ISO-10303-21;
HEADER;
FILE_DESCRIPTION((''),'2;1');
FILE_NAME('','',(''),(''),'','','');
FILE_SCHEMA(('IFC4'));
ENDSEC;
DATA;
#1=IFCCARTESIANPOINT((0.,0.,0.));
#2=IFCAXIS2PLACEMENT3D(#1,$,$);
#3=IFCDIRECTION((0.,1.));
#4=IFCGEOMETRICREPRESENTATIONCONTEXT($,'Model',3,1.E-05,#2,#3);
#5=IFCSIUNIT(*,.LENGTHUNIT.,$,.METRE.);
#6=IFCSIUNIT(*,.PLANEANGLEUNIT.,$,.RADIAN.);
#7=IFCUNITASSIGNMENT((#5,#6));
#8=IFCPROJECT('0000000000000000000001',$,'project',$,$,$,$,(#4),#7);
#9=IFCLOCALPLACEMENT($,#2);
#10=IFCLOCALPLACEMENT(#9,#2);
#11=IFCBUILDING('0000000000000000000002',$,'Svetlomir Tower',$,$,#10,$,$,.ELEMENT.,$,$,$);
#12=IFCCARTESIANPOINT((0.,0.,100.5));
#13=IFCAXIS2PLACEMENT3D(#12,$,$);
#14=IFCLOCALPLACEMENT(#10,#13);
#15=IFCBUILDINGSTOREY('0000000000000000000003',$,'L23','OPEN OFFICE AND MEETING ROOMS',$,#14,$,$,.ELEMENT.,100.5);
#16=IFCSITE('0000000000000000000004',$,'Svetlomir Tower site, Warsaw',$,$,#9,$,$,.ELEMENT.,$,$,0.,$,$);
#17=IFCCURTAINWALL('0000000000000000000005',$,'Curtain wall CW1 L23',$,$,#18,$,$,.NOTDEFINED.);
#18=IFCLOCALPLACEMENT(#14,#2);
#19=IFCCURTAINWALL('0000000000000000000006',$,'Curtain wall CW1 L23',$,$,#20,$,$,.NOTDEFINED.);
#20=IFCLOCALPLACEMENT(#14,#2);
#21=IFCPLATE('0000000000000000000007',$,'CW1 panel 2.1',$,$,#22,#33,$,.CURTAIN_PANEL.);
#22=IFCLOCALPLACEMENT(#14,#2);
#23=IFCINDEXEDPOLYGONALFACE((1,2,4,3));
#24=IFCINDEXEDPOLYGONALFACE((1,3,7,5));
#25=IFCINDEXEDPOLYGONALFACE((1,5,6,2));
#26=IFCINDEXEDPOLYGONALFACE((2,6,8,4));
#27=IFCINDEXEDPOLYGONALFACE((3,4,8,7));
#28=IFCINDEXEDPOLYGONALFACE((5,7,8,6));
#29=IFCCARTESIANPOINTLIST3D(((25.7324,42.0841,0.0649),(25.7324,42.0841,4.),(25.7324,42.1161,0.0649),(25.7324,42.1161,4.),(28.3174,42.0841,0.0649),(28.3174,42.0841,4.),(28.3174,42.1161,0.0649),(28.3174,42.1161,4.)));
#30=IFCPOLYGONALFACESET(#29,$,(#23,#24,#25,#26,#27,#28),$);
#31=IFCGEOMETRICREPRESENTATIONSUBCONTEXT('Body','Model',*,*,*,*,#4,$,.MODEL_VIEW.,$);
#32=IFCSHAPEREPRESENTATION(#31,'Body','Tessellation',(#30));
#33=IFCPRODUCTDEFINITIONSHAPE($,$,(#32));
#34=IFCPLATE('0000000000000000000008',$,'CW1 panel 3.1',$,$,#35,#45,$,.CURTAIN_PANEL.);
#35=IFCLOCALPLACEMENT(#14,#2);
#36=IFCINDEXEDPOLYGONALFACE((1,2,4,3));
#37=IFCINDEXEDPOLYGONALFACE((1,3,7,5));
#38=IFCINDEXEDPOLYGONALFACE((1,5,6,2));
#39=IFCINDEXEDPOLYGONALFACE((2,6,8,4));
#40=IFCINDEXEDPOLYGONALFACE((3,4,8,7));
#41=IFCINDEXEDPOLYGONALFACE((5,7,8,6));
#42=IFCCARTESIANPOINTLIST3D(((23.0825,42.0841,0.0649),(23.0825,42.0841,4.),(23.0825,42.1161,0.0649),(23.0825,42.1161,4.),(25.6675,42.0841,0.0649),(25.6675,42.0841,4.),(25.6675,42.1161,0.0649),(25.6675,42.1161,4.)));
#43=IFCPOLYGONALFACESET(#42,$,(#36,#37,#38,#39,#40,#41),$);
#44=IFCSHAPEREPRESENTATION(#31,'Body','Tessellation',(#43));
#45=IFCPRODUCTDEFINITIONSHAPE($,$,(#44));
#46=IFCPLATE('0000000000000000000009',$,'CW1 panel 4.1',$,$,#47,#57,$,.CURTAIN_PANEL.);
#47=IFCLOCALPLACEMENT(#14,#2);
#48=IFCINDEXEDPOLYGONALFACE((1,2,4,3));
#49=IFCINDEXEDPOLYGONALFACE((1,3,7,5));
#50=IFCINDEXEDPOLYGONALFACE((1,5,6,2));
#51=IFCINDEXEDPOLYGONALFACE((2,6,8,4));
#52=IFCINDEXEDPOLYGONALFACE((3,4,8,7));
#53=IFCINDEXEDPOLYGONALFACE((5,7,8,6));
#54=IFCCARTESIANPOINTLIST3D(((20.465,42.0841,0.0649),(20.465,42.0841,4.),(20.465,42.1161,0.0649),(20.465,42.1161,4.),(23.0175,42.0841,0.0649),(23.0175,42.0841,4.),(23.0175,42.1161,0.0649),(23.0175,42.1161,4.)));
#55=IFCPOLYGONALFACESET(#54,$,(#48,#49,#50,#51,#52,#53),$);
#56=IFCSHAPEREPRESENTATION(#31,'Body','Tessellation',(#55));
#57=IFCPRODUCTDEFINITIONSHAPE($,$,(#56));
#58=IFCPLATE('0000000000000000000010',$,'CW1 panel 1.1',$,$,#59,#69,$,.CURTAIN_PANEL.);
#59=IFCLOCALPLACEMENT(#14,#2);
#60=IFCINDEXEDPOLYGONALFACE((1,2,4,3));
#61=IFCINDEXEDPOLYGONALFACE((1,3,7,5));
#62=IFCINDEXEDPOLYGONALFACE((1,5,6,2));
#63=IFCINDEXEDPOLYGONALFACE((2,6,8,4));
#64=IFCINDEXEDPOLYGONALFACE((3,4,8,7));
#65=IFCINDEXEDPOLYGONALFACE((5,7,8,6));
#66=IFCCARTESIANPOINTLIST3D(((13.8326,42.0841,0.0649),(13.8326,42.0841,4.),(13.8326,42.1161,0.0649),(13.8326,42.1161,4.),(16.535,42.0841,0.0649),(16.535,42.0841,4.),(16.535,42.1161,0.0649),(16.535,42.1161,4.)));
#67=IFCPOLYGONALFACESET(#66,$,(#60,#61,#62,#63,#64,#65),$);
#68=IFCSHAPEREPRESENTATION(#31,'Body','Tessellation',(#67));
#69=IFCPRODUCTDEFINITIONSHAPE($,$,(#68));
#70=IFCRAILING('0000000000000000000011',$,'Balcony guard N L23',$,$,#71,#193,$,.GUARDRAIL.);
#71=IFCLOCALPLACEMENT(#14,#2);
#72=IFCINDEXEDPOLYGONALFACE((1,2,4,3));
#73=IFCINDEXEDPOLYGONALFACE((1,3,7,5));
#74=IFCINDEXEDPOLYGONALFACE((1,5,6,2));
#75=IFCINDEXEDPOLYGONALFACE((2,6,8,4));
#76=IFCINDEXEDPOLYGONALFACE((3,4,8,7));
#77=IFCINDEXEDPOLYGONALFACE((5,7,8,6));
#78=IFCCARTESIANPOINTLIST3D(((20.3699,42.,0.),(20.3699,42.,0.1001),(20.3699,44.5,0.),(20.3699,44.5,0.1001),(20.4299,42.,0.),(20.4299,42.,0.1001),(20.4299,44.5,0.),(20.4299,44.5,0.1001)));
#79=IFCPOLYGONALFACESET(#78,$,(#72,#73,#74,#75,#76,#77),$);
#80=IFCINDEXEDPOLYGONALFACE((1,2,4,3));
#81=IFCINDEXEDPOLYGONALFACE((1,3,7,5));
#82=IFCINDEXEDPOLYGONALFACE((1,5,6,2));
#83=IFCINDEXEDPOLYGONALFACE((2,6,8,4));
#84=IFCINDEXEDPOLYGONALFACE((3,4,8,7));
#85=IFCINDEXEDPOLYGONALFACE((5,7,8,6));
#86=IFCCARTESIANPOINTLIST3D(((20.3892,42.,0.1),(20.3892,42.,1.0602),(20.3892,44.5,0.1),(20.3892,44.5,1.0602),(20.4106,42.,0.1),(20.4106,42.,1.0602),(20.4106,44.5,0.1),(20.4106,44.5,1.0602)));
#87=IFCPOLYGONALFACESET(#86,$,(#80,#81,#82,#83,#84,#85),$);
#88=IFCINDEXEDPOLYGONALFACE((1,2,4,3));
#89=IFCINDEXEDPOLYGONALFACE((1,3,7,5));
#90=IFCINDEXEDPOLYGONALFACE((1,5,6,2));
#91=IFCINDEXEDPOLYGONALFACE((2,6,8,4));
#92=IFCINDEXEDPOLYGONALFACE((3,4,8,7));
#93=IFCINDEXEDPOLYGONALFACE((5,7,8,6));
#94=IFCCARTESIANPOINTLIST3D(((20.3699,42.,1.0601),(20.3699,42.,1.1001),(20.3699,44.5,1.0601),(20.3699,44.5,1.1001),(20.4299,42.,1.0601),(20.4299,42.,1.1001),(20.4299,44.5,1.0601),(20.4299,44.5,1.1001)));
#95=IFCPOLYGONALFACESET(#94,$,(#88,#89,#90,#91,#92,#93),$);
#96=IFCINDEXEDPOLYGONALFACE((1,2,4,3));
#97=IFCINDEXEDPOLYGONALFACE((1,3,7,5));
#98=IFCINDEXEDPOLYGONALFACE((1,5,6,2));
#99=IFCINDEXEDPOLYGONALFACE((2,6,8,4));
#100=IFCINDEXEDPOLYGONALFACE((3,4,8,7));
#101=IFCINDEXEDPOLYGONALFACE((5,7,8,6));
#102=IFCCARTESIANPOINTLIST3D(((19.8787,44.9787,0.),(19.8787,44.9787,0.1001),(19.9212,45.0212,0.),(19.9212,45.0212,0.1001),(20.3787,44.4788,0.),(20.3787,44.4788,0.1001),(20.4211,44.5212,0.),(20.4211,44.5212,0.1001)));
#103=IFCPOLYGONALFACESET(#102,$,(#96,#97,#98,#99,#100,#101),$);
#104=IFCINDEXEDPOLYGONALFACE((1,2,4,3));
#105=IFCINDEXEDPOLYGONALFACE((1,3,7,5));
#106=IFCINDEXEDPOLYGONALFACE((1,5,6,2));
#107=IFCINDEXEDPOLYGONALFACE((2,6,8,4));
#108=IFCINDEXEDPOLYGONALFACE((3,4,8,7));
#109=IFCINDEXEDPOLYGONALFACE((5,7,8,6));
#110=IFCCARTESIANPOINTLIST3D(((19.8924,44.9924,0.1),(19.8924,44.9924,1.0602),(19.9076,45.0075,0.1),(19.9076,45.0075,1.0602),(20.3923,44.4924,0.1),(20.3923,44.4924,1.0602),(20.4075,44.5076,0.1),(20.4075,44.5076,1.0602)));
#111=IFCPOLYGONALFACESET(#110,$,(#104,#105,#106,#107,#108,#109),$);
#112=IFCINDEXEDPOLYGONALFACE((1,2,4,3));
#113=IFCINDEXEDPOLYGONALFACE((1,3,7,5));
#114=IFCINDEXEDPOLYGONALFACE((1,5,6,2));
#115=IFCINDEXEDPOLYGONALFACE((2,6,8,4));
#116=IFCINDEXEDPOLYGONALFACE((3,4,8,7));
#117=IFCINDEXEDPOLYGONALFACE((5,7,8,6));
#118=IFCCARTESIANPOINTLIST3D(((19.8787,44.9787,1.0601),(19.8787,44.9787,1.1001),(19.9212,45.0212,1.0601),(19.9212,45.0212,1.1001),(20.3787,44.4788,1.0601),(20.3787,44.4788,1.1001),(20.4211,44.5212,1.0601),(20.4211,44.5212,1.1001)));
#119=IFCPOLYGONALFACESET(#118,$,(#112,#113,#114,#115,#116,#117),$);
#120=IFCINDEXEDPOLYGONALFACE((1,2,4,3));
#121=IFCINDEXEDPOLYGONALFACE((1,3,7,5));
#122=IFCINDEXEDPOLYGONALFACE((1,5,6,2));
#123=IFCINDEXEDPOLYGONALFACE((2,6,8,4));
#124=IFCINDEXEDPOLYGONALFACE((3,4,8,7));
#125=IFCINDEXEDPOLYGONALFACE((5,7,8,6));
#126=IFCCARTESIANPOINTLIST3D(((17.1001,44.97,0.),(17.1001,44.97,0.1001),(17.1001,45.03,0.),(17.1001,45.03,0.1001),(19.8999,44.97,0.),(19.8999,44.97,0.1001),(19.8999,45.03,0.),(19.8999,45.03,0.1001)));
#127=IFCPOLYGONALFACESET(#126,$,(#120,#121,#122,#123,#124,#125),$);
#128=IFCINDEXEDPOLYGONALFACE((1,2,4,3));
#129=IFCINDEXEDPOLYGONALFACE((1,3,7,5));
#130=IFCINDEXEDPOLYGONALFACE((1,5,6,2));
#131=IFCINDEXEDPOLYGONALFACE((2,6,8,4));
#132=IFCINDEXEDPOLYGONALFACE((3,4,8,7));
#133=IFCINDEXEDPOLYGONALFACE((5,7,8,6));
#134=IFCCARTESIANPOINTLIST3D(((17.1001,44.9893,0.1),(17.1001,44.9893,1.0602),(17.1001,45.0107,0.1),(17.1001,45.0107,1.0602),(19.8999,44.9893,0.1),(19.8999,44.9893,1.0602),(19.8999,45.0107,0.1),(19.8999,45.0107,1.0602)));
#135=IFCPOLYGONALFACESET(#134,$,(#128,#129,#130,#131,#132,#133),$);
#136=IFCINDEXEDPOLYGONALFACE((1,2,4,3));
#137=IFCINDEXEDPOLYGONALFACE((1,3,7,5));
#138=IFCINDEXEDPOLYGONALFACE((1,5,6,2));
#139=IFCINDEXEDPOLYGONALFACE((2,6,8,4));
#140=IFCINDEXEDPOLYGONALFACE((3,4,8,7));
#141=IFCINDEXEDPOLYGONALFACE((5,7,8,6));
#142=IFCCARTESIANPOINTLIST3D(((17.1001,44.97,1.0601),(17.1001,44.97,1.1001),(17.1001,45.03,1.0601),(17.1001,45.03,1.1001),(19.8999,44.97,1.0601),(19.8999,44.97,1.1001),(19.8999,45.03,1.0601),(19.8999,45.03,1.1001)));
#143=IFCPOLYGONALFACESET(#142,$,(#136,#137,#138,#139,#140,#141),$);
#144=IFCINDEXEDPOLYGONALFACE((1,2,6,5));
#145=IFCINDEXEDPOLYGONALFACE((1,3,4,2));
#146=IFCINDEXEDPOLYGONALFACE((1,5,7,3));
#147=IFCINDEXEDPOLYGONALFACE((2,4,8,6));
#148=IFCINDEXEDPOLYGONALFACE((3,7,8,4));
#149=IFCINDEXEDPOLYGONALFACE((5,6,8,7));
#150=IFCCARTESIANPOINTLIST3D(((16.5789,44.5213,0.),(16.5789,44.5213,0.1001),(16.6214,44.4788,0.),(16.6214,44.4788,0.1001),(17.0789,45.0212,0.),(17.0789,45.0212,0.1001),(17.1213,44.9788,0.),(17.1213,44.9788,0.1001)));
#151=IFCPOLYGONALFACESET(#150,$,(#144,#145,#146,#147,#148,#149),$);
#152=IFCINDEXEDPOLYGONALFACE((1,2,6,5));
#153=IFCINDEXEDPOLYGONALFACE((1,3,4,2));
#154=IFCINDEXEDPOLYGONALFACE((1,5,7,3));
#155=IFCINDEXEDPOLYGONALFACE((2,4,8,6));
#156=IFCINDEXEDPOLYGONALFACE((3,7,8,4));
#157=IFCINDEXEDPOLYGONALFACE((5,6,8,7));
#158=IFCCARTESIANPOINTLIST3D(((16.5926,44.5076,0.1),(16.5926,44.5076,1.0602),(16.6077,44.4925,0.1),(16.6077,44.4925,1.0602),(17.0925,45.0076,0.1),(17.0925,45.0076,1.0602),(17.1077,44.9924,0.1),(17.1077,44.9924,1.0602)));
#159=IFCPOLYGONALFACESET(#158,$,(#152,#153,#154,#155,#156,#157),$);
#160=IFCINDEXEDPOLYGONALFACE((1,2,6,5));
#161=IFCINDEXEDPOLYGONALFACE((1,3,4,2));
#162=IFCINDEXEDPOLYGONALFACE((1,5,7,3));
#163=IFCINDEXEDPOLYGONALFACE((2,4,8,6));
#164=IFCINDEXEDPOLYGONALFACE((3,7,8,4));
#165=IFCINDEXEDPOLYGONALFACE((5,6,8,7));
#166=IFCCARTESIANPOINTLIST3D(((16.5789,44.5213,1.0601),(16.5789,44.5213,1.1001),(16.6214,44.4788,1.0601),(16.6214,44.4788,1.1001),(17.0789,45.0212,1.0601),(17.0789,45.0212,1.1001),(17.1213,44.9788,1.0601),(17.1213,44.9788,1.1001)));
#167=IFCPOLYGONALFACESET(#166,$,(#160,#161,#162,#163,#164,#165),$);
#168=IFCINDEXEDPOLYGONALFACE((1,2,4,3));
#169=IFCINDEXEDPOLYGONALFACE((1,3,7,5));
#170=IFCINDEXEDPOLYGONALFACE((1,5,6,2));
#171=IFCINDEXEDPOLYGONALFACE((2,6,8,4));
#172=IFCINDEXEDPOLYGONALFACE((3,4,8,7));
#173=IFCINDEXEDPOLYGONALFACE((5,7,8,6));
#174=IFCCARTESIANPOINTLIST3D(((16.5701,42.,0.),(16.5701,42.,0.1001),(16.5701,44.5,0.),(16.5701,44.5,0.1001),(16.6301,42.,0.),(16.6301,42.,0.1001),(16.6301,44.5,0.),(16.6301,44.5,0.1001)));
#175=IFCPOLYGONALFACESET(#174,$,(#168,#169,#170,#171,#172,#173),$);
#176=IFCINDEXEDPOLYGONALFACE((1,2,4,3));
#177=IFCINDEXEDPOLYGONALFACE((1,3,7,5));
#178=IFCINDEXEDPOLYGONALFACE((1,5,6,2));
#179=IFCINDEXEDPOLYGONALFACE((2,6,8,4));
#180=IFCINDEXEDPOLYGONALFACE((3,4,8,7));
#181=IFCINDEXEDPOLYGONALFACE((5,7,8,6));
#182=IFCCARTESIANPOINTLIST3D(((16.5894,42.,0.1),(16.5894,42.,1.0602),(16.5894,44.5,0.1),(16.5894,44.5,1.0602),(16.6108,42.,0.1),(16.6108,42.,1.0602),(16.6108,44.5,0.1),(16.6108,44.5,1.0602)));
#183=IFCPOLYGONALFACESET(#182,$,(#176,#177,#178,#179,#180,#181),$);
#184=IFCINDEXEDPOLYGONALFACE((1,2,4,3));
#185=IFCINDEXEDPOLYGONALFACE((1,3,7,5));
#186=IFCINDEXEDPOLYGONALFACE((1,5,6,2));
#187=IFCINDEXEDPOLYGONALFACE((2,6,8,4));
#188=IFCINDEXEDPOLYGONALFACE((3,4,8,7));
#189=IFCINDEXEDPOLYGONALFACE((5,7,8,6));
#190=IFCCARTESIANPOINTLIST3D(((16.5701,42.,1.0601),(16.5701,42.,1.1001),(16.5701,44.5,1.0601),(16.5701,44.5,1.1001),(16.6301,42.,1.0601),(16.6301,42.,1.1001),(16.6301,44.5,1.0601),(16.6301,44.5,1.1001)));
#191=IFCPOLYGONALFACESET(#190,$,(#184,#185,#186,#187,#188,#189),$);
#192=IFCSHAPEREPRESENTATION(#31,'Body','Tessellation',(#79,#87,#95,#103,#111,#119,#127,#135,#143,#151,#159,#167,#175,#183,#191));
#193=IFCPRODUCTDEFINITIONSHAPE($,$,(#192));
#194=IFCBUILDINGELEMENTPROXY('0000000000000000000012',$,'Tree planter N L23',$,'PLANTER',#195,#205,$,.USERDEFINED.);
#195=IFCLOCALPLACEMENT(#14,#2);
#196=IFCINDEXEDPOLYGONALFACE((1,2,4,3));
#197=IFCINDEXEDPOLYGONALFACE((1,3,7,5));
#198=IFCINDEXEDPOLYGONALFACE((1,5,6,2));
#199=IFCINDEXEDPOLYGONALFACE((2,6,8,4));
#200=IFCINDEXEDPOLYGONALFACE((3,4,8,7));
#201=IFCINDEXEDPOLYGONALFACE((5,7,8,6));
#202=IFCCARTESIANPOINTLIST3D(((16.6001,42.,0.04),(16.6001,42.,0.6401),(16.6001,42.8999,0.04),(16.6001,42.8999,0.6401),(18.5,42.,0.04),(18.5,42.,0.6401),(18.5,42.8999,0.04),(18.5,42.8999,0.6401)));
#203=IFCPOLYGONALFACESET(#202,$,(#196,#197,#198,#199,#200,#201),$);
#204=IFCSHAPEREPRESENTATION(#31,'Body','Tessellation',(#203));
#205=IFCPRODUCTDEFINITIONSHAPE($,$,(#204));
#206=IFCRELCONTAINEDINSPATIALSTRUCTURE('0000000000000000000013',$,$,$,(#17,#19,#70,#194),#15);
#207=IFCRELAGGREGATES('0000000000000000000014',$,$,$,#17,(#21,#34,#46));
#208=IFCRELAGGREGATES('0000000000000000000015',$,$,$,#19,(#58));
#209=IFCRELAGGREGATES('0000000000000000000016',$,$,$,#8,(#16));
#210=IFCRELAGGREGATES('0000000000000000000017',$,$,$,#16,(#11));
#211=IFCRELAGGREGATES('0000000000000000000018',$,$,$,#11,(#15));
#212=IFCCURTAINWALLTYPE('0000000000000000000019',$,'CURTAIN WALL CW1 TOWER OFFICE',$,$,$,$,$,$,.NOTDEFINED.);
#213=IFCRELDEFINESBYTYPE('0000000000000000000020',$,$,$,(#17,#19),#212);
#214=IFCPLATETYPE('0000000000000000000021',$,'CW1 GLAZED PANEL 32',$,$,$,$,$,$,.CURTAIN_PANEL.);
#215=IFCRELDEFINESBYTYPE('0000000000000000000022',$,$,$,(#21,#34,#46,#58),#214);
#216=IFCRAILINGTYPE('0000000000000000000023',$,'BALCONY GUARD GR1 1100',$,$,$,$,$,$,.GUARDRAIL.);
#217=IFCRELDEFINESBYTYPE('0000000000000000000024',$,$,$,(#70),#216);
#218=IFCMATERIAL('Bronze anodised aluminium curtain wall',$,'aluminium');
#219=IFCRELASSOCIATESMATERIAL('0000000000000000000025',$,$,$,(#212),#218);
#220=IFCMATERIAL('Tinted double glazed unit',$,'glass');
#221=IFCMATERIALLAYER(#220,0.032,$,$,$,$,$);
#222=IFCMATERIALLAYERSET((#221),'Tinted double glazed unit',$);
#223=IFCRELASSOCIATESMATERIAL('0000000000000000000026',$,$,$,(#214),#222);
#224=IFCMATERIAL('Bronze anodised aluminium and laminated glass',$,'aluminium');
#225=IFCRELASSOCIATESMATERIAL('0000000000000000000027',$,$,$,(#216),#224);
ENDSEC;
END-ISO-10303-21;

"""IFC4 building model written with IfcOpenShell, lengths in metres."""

from ifc_helpers import new_model, si_unit, direction, frame, origin, origin_2d, place, context, subcontext, project, spatial, rectangle, extrude, material, layer, layer_set, type_object, element, aggregate, save


model = new_model("IFC4")

# Units and contexts
model_context = context("Model", 3, precision=1e-05, world=origin(), true_north=direction((0.0, 1.0)))
body_context = subcontext(model_context, "Body", "Model", "MODEL_VIEW")
ifc_project = project(units=[si_unit("LENGTHUNIT", "METRE"), si_unit("PLANEANGLEUNIT", "RADIAN")], contexts=[model_context])

# Site, building, storey
site_placement = place(None, origin())
site = spatial("IfcSite", under=ifc_project, at=site_placement, Name="Svetlomir Tower site, Warsaw", CompositionType="ELEMENT", RefElevation=0.0)
building_placement = place(site_placement, origin())
building = spatial("IfcBuilding", under=site, at=building_placement, Name="Svetlomir Tower", CompositionType="ELEMENT")
storey_placement = place(building_placement, frame((0.0, 0.0, 100.5)))
storey = spatial("IfcBuildingStorey", under=building, at=storey_placement, Name="L23", Description="OPEN OFFICE AND MEETING ROOMS", CompositionType="ELEMENT", Elevation=100.5)

# Curtain wall
ifc_material_1 = material(Name="Bronze anodised aluminium curtain wall", Category="aluminium")
curtain_wall_type = type_object("IfcCurtainWallType", Name="CURTAIN WALL CW1 TOWER OFFICE", PredefinedType="NOTDEFINED", material=ifc_material_1)
curtain_wall_1_placement = place(storey_placement, origin())
curtain_wall_1 = element("IfcCurtainWall", 1, at=curtain_wall_1_placement, inside=storey, type_object=curtain_wall_type, Name="Curtain wall CW1 L23", PredefinedType="NOTDEFINED")

# Curtain wall
curtain_wall_2_placement = place(storey_placement, origin())
curtain_wall_2 = element("IfcCurtainWall", 2, at=curtain_wall_2_placement, inside=storey, type_object=curtain_wall_type, Name="Curtain wall CW1 L23", PredefinedType="NOTDEFINED")

# Plates
ifc_material_2 = material(Name="Tinted double glazed unit", Category="glass")
ifc_layer_1 = layer(ifc_material_2, 0.032)
ifc_layer_set_1 = layer_set([ifc_layer_1], Name="Tinted double glazed unit")
plate_type = type_object("IfcPlateType", Name="CW1 GLAZED PANEL 32", PredefinedType="CURTAIN_PANEL", material=ifc_layer_set_1)
plate_1_placement = place(storey_placement, frame((27.0249, 42.1001, 0.0649), z_axis=(0.0, 0.0, 1.0), x_axis=(-1.0, 0.0, 0.0)))
plate_1 = element("IfcPlate", 3, at=plate_1_placement, type_object=plate_type, Name="CW1 panel 2.1", PredefinedType="CURTAIN_PANEL", context=body_context, shape_type="SweptSolid", body=[
    extrude(rectangle(XDim=2.585, YDim=0.032, at=origin_2d()), origin(), (0.0, 0.0, 1.0), 3.9351),
])
plate_2_placement = place(storey_placement, frame((24.375, 42.1001, 0.0649), z_axis=(0.0, 0.0, 1.0), x_axis=(-1.0, 0.0, 0.0)))
plate_2 = element("IfcPlate", 4, at=plate_2_placement, type_object=plate_type, Name="CW1 panel 3.1", PredefinedType="CURTAIN_PANEL", context=body_context, shape_type="SweptSolid", body=[
    extrude(rectangle(XDim=2.585, YDim=0.032, at=origin_2d()), origin(), (0.0, 0.0, 1.0), 3.9351),
])
plate_3_placement = place(storey_placement, frame((21.7412, 42.1001, 0.0649), z_axis=(0.0, 0.0, 1.0), x_axis=(-1.0, 0.0, 0.0)))
plate_3 = element("IfcPlate", 5, at=plate_3_placement, type_object=plate_type, Name="CW1 panel 4.1", PredefinedType="CURTAIN_PANEL", context=body_context, shape_type="SweptSolid", body=[
    extrude(rectangle(XDim=2.5525, YDim=0.032, at=origin_2d()), origin(), (0.0, 0.0, 1.0), 3.9351),
])
aggregate(curtain_wall_1, [plate_1, plate_2, plate_3])
plate_4_placement = place(storey_placement, frame((15.1838, 42.1001, 0.0649), z_axis=(0.0, 0.0, 1.0), x_axis=(-1.0, 0.0, 0.0)))
plate_4 = element("IfcPlate", 6, at=plate_4_placement, type_object=plate_type, Name="CW1 panel 1.1", PredefinedType="CURTAIN_PANEL", context=body_context, shape_type="SweptSolid", body=[
    extrude(rectangle(XDim=2.7024, YDim=0.032, at=origin_2d()), origin(), (0.0, 0.0, 1.0), 3.9351),
])
aggregate(curtain_wall_2, [plate_4])

# Railing
ifc_material_3 = material(Name="Bronze anodised aluminium and laminated glass", Category="aluminium")
railing_type = type_object("IfcRailingType", Name="BALCONY GUARD GR1 1100", PredefinedType="GUARDRAIL", material=ifc_material_3)
railing_placement = place(storey_placement, frame((20.3999, 42.0, 0.0)))
element("IfcRailing", 7, at=railing_placement, inside=storey, type_object=railing_type, Name="Balcony guard N L23", PredefinedType="GUARDRAIL", context=body_context, shape_type="SweptSolid", body=[
    extrude(rectangle(XDim=0.0601, YDim=0.1001, at=origin_2d()), frame((0.0, 0.0, 0.05), z_axis=(0.0, 1.0, 0.0), x_axis=(-1.0, 0.0, 0.0)), (0.0, 0.0, 1.0), 2.5),
    extrude(rectangle(XDim=0.0215, YDim=0.9602, at=origin_2d()), frame((0.0, 0.0, 0.5801), z_axis=(0.0, 1.0, 0.0), x_axis=(-1.0, 0.0, 0.0)), (0.0, 0.0, 1.0), 2.5),
    extrude(rectangle(XDim=0.0601, YDim=0.04, at=origin_2d()), frame((0.0, 0.0, 1.0801), z_axis=(0.0, 1.0, 0.0), x_axis=(-1.0, 0.0, 0.0)), (0.0, 0.0, 1.0), 2.5),
    extrude(rectangle(XDim=0.0601, YDim=0.1001, at=origin_2d()), frame((0.0, 2.5, 0.05), z_axis=(-0.707107, 0.707107, 0.0), x_axis=(-0.707107, -0.707107, 0.0)), (0.0, 0.0, 1.0), 0.707),
    extrude(rectangle(XDim=0.0215, YDim=0.9602, at=origin_2d()), frame((0.0, 2.5, 0.5801), z_axis=(-0.707107, 0.707107, 0.0), x_axis=(-0.707107, -0.707107, 0.0)), (0.0, 0.0, 1.0), 0.707),
    extrude(rectangle(XDim=0.0601, YDim=0.04, at=origin_2d()), frame((0.0, 2.5, 1.0801), z_axis=(-0.707107, 0.707107, 0.0), x_axis=(-0.707107, -0.707107, 0.0)), (0.0, 0.0, 1.0), 0.707),
    extrude(rectangle(XDim=0.0601, YDim=0.1001, at=origin_2d()), frame((-0.5, 3.0, 0.05), z_axis=(-1.0, 0.0, 0.0), x_axis=(0.0, -1.0, 0.0)), (0.0, 0.0, 1.0), 2.7998),
    extrude(rectangle(XDim=0.0215, YDim=0.9602, at=origin_2d()), frame((-0.5, 3.0, 0.5801), z_axis=(-1.0, 0.0, 0.0), x_axis=(0.0, -1.0, 0.0)), (0.0, 0.0, 1.0), 2.7998),
    extrude(rectangle(XDim=0.0601, YDim=0.04, at=origin_2d()), frame((-0.5, 3.0, 1.0801), z_axis=(-1.0, 0.0, 0.0), x_axis=(0.0, -1.0, 0.0)), (0.0, 0.0, 1.0), 2.7998),
    extrude(rectangle(XDim=0.0601, YDim=0.1001, at=origin_2d()), frame((-3.2998, 3.0, 0.05), z_axis=(-0.707107, -0.707107, 0.0), x_axis=(0.707107, -0.707107, 0.0)), (0.0, 0.0, 1.0), 0.707),
    extrude(rectangle(XDim=0.0215, YDim=0.9602, at=origin_2d()), frame((-3.2998, 3.0, 0.5801), z_axis=(-0.707107, -0.707107, 0.0), x_axis=(0.707107, -0.707107, 0.0)), (0.0, 0.0, 1.0), 0.707),
    extrude(rectangle(XDim=0.0601, YDim=0.04, at=origin_2d()), frame((-3.2998, 3.0, 1.0801), z_axis=(-0.707107, -0.707107, 0.0), x_axis=(0.707107, -0.707107, 0.0)), (0.0, 0.0, 1.0), 0.707),
    extrude(rectangle(XDim=0.0601, YDim=0.1001, at=origin_2d()), frame((-3.7998, 2.5, 0.05), z_axis=(0.0, -1.0, 0.0), x_axis=(1.0, 0.0, 0.0)), (0.0, 0.0, 1.0), 2.5),
    extrude(rectangle(XDim=0.0215, YDim=0.9602, at=origin_2d()), frame((-3.7998, 2.5, 0.5801), z_axis=(0.0, -1.0, 0.0), x_axis=(1.0, 0.0, 0.0)), (0.0, 0.0, 1.0), 2.5),
    extrude(rectangle(XDim=0.0601, YDim=0.04, at=origin_2d()), frame((-3.7998, 2.5, 1.0801), z_axis=(0.0, -1.0, 0.0), x_axis=(1.0, 0.0, 0.0)), (0.0, 0.0, 1.0), 2.5),
])

# Building element proxy
proxy_placement = place(storey_placement, frame((17.55, 42.45, 0.04), z_axis=(0.0, 0.0, 1.0), x_axis=(1.0, 0.0, 0.0)))
element("IfcBuildingElementProxy", 8, at=proxy_placement, inside=storey, Name="Tree planter N L23", ObjectType="PLANTER", PredefinedType="USERDEFINED", context=body_context, shape_type="SweptSolid", body=[
    extrude(rectangle(XDim=1.8999, YDim=0.8999, at=origin_2d()), origin(), (0.0, 0.0, 1.0), 0.6001),
])

save(model, "model.ifc")
